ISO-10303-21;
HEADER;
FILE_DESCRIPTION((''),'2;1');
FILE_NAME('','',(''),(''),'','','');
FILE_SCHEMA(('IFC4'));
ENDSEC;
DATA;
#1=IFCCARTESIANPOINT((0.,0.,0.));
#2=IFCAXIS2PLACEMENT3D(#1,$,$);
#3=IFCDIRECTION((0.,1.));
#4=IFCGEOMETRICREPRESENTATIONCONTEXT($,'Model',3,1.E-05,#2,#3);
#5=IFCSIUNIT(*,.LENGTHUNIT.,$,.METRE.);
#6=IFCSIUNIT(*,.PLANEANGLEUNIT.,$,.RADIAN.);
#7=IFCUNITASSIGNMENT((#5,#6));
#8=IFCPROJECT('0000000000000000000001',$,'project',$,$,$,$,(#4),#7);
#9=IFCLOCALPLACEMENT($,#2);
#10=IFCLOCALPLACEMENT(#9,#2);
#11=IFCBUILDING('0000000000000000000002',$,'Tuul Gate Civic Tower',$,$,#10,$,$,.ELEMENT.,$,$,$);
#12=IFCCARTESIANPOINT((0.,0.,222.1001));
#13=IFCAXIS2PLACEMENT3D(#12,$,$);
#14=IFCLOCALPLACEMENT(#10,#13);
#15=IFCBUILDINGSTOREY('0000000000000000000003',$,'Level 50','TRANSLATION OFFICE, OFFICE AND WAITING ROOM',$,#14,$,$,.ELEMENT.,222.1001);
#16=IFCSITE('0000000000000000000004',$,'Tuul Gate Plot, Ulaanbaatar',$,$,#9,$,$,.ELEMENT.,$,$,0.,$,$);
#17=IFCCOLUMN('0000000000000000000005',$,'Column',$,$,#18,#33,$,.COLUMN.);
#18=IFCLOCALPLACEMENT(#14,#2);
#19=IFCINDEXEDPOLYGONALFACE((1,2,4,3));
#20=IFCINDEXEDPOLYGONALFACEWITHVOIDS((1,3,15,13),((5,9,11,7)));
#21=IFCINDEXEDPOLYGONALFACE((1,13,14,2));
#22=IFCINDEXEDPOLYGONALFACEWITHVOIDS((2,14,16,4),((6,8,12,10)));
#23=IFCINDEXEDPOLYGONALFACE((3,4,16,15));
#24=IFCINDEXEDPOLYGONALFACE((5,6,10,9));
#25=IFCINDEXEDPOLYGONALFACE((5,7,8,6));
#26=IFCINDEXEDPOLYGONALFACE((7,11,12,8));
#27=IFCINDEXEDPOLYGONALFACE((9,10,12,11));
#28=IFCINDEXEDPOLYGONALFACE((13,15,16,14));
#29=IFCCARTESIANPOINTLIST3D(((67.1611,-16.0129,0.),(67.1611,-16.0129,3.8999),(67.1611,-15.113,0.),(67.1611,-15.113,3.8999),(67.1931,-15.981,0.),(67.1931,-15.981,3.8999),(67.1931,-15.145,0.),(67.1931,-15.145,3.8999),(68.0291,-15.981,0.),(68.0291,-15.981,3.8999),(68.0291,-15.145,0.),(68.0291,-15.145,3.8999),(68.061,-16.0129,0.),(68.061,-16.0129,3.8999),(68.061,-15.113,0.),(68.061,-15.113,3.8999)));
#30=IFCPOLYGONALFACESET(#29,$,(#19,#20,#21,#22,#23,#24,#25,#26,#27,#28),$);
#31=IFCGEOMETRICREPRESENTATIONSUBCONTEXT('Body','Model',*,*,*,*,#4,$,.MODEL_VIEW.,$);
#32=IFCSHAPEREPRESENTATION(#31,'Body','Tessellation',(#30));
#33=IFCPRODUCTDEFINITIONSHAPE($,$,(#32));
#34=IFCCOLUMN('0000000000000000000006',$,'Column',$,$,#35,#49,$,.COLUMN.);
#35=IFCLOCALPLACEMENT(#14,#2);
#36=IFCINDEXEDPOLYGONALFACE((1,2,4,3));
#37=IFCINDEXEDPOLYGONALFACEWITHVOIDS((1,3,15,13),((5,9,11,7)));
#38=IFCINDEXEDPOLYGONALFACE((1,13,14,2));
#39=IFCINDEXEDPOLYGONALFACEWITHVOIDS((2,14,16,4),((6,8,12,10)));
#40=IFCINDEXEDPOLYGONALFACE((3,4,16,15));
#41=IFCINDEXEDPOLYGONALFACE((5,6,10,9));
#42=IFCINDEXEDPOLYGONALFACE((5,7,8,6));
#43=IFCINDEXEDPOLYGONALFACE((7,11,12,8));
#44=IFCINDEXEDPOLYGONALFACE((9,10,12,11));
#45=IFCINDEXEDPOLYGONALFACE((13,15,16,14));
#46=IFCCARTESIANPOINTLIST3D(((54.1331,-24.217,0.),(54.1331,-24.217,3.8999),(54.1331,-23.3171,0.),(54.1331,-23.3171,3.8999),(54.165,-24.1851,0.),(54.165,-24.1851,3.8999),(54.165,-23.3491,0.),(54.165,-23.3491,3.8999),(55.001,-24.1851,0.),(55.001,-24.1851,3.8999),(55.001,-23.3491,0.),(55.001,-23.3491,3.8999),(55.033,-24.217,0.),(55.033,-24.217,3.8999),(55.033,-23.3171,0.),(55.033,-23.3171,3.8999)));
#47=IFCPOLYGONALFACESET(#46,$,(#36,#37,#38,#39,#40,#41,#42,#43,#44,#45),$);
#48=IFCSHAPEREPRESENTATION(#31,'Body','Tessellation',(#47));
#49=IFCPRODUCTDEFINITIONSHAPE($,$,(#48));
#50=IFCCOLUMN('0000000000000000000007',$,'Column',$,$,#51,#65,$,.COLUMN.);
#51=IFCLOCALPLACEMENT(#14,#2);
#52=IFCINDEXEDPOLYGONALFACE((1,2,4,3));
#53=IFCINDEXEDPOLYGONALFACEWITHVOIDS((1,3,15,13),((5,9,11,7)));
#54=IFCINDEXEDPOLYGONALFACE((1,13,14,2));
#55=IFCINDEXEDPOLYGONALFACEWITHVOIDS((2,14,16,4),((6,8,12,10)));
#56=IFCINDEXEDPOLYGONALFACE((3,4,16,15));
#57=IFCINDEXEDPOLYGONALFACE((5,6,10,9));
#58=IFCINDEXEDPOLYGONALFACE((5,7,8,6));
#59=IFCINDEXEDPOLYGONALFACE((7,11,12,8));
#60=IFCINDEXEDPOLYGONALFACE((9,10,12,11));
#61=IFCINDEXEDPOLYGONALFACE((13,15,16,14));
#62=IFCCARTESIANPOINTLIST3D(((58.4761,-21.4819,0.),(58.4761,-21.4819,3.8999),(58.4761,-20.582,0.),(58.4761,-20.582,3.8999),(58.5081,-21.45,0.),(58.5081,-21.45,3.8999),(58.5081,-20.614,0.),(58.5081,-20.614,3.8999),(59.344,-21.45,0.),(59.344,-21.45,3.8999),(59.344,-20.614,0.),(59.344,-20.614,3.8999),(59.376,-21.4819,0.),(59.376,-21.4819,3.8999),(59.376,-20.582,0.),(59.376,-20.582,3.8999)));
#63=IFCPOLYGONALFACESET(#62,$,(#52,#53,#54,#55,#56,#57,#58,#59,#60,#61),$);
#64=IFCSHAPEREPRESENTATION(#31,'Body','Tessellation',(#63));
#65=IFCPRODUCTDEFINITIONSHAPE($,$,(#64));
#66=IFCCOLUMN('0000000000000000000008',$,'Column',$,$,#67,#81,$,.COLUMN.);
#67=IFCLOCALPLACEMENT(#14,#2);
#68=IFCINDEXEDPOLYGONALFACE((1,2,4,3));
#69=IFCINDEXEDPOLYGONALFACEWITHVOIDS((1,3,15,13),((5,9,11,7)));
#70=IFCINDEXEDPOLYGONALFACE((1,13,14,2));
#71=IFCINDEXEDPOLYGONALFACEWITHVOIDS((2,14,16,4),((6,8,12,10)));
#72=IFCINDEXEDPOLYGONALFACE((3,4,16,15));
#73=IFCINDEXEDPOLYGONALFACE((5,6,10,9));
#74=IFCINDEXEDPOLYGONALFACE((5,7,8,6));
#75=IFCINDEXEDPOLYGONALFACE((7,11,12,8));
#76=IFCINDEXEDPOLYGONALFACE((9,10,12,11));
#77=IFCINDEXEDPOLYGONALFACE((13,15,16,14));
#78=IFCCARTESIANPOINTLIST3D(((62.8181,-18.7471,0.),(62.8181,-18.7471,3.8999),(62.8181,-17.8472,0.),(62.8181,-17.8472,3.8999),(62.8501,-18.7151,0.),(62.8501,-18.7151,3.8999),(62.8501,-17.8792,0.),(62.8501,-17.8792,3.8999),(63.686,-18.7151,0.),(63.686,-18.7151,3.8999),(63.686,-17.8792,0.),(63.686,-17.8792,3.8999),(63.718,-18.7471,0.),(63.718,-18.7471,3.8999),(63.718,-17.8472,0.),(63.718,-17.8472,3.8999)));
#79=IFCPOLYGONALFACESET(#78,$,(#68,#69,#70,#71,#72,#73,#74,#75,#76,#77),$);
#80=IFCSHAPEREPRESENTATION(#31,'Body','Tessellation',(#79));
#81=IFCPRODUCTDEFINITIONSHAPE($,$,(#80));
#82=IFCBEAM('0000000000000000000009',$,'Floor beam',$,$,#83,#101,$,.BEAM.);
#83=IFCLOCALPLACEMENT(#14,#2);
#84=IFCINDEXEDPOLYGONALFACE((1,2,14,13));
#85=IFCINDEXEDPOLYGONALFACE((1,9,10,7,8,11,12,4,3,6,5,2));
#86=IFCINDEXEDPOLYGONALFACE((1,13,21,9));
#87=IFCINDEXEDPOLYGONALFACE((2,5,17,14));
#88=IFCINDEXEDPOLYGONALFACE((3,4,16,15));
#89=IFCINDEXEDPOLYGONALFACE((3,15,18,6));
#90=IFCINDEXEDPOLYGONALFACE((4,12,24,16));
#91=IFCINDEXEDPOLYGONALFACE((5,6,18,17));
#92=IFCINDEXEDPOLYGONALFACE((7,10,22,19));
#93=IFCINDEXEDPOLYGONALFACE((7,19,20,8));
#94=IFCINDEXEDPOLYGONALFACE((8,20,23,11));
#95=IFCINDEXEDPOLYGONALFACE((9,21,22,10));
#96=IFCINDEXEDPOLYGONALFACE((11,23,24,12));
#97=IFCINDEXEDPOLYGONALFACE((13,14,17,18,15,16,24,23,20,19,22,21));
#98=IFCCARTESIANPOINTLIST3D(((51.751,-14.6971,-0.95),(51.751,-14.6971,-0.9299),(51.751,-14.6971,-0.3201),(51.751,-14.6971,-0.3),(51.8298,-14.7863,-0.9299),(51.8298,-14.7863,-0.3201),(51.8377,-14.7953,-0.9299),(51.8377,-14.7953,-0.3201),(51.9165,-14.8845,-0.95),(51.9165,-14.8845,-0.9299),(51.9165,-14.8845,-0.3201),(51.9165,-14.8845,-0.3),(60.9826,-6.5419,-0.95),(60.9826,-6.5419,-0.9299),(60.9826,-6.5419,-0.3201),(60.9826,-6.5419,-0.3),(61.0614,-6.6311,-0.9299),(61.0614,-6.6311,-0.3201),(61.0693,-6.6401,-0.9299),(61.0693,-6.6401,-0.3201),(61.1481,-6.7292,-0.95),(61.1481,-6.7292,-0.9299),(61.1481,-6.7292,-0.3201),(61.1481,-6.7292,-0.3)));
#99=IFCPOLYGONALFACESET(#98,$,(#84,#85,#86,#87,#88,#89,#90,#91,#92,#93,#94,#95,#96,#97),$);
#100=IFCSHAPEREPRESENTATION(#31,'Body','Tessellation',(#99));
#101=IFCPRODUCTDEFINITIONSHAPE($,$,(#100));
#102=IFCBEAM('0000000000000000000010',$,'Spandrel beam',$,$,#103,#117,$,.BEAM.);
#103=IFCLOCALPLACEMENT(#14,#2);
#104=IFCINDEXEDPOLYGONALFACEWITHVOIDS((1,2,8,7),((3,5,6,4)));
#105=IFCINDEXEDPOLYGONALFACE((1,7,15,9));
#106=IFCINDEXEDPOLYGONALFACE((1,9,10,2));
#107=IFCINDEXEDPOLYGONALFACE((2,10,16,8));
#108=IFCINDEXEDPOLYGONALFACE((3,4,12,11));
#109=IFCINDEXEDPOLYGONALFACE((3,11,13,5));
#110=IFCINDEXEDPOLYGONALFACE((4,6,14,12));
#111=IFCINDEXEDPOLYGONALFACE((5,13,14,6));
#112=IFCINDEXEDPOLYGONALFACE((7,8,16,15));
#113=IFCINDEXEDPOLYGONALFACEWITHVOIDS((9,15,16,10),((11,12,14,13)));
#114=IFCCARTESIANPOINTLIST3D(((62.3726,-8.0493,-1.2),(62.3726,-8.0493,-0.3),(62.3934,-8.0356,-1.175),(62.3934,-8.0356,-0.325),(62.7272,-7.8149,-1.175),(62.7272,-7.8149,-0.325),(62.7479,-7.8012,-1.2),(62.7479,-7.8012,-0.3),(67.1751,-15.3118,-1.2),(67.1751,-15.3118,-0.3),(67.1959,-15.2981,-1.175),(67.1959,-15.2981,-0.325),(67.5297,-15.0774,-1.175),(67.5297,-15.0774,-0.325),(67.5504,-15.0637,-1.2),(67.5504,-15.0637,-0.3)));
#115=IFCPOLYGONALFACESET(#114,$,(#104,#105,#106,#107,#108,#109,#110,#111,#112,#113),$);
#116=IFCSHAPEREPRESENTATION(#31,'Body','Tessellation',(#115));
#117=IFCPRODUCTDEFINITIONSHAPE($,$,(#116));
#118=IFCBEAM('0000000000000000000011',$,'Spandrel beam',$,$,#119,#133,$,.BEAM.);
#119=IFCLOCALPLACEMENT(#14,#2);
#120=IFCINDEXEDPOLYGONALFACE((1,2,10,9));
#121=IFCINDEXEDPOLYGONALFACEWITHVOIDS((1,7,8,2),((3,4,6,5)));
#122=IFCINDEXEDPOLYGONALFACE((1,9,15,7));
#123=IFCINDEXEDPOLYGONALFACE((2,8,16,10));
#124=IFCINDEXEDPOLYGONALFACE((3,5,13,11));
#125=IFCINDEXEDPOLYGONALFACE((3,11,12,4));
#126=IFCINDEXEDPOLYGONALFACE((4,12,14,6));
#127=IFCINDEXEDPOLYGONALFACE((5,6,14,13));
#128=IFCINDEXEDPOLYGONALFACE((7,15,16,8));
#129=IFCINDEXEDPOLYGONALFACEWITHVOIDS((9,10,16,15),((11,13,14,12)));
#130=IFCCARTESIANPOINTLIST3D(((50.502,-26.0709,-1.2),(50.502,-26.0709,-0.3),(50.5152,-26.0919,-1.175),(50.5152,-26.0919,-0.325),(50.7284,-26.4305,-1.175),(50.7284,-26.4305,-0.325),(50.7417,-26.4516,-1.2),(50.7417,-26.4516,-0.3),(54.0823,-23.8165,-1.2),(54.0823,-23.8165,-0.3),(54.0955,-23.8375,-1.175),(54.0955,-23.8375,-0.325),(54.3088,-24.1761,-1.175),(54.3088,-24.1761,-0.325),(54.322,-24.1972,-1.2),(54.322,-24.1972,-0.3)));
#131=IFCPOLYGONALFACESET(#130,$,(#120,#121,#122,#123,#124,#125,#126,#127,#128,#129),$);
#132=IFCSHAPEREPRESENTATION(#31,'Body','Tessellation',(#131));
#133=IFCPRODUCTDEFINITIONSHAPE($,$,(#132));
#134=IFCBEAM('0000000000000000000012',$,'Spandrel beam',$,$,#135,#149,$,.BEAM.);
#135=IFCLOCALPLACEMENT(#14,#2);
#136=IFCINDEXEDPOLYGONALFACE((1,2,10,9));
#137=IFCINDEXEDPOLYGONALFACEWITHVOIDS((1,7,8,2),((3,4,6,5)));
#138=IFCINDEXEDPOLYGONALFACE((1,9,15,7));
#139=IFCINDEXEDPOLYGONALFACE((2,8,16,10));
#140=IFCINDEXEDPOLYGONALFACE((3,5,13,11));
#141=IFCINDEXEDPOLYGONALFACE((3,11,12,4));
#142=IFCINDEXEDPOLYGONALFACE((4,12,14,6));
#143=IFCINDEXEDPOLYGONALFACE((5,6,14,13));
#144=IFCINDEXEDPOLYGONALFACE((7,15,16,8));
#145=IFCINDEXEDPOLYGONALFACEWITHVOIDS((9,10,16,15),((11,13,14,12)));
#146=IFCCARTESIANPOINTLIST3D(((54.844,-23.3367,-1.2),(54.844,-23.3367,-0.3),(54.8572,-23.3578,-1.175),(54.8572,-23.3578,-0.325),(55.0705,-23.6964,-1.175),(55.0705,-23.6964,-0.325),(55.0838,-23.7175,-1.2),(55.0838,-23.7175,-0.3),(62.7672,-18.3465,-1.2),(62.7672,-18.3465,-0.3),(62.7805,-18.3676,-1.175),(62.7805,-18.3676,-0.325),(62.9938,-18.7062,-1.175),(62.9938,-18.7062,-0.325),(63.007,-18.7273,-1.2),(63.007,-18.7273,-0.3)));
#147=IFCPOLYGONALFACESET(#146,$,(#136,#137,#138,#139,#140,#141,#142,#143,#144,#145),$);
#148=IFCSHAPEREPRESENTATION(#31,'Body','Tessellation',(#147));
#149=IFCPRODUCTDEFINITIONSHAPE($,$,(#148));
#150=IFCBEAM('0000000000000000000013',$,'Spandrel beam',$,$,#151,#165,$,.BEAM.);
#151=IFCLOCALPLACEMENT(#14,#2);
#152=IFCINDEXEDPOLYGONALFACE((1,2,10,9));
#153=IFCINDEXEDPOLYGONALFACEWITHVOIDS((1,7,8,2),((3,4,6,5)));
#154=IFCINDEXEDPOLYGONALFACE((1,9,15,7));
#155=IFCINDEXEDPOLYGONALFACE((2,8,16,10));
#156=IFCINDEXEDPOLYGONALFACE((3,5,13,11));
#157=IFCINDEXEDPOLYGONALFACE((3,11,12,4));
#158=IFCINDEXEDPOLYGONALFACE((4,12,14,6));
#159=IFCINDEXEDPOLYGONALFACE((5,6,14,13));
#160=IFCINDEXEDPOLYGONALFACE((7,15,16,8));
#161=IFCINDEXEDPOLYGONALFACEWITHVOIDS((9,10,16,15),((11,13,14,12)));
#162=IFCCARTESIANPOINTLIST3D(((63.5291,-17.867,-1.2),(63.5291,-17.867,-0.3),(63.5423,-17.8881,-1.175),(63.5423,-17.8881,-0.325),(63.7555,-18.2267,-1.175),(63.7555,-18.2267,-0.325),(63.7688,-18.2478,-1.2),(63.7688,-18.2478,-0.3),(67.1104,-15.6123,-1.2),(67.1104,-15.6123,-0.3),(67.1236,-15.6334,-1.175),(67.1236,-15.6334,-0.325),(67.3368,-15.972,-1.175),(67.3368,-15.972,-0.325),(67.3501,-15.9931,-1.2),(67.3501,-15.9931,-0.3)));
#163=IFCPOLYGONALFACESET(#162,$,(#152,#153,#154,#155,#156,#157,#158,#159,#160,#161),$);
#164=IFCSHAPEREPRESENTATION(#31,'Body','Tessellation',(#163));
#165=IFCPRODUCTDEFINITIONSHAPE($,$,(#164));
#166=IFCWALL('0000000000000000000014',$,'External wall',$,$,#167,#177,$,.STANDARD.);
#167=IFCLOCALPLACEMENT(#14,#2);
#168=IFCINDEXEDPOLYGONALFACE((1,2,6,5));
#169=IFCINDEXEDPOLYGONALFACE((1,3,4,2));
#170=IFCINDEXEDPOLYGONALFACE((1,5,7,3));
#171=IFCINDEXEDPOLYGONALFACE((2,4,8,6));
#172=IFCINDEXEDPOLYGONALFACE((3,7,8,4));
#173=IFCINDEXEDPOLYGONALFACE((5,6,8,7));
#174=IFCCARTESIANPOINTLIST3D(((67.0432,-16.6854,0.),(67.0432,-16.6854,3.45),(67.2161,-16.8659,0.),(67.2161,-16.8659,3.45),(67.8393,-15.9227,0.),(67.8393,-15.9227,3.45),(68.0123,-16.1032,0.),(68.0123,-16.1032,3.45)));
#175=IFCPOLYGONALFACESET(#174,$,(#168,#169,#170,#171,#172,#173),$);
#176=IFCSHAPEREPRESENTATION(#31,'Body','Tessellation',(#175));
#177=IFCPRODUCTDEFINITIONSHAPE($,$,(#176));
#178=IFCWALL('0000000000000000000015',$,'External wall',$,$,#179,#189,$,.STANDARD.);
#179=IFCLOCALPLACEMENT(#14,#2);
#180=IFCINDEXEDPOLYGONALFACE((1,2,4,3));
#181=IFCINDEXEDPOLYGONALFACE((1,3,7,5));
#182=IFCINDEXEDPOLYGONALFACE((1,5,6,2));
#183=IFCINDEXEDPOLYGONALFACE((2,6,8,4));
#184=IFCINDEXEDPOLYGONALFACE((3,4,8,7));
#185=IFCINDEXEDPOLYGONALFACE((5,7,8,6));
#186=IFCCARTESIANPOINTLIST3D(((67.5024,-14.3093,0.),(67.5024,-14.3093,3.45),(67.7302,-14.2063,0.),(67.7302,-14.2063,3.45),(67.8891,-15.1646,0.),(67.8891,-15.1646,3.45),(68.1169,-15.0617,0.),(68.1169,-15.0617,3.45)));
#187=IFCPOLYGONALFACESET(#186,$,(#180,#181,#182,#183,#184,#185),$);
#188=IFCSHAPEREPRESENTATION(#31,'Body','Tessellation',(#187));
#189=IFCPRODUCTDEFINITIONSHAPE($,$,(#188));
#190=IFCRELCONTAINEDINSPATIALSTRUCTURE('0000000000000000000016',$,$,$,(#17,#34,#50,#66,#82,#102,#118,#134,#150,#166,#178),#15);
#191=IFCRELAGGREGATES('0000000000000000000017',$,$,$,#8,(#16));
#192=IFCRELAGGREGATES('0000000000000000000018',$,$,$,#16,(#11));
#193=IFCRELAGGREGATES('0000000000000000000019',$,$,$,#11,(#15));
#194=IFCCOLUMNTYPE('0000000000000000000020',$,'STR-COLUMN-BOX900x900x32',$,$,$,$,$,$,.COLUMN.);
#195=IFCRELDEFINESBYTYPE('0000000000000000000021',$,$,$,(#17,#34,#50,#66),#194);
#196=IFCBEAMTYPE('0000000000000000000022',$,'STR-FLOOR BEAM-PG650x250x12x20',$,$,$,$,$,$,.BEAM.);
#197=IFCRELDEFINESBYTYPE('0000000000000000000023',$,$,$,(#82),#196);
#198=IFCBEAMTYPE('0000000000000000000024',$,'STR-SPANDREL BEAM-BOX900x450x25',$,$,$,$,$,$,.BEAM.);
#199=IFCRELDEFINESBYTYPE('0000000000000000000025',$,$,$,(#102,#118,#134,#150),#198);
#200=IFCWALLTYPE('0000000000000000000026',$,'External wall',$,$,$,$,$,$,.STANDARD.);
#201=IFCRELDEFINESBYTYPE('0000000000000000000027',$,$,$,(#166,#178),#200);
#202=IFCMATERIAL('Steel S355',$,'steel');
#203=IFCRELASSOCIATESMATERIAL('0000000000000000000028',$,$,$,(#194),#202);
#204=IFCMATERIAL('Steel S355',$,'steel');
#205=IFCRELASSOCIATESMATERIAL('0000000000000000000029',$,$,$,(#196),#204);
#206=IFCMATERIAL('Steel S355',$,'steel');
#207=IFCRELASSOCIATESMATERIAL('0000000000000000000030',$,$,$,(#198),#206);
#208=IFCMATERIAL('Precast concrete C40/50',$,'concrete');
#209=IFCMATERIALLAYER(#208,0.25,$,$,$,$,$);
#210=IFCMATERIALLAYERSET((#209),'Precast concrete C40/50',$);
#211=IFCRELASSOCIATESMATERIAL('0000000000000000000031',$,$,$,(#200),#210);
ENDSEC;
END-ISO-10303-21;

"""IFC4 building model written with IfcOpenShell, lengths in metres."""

from ifc_helpers import new_model, si_unit, direction, frame, frame_2d, origin, origin_2d, place, context, subcontext, project, spatial, rectangle, hollow_rectangle, i_section, extrude, material, layer, layer_set, material_profile, profile_set, type_object, element, save


model = new_model("IFC4")

# Units and contexts
model_context = context("Model", 3, precision=1e-05, world=origin(), true_north=direction((0.0, 1.0)))
body_context = subcontext(model_context, "Body", "Model", "MODEL_VIEW")
ifc_project = project(units=[si_unit("LENGTHUNIT", "METRE"), si_unit("PLANEANGLEUNIT", "RADIAN")], contexts=[model_context])

# Site, building, storey
site_placement = place(None, origin())
site = spatial("IfcSite", under=ifc_project, at=site_placement, Name="Tuul Gate Plot, Ulaanbaatar", CompositionType="ELEMENT", RefElevation=0.0)
building_placement = place(site_placement, origin())
building = spatial("IfcBuilding", under=site, at=building_placement, Name="Tuul Gate Civic Tower", CompositionType="ELEMENT")
storey_placement = place(building_placement, frame((0.0, 0.0, 222.1001)))
storey = spatial("IfcBuildingStorey", under=building, at=storey_placement, Name="Level 50", Description="TRANSLATION OFFICE, OFFICE AND WAITING ROOM", CompositionType="ELEMENT", Elevation=222.1001)

# Columns
ifc_material_1 = material(Name="Steel S355", Category="steel")
ifc_material_profile_1 = material_profile(ifc_material_1, hollow_rectangle(XDim=0.8999, YDim=0.8999, WallThickness=0.032, at=origin_2d()), Name="BOX900x900x32")
ifc_profile_set_1 = profile_set([ifc_material_profile_1], Name="Steel S355")
column_type = type_object("IfcColumnType", Name="STR-COLUMN-BOX900x900x32", PredefinedType="COLUMN", material=ifc_profile_set_1)
for number, where, z_axis, x_axis, name in (
    (1, (67.6111, -15.563, 0.0), (0.0, 0.0, 1.0), (1.0, 0.0, 0.0), "Column"),
    (2, (54.583, -23.7671, 0.0), (0.0, 0.0, 1.0), (1.0, 0.0, 0.0), "Column"),
    (3, (58.926, -21.032, 0.0), (0.0, 0.0, 1.0), (1.0, 0.0, 0.0), "Column"),
    (4, (63.2681, -18.2971, 0.0), (0.0, 0.0, 1.0), (1.0, 0.0, 0.0), "Column"),
):
    element("IfcColumn", number, at=place(storey_placement, frame(where, z_axis=z_axis, x_axis=x_axis)), inside=storey, type_object=column_type, Name=name, PredefinedType="COLUMN", context=body_context, shape_type="SweptSolid", body=[
        extrude(hollow_rectangle(XDim=0.8999, YDim=0.8999, WallThickness=0.032, at=origin_2d()), origin(), (0.0, 0.0, 1.0), 3.8999),
    ])

# Beams
ifc_material_2 = material(Name="Steel S355", Category="steel")
ifc_material_profile_2 = material_profile(ifc_material_2, i_section(OverallWidth=0.25, OverallDepth=0.6499, WebThickness=0.012, FlangeThickness=0.02, at=origin_2d()), Name="PG650x250x12x20")
ifc_profile_set_2 = profile_set([ifc_material_profile_2], Name="Steel S355")
beam_type_1 = type_object("IfcBeamType", Name="STR-FLOOR BEAM-PG650x250x12x20", PredefinedType="BEAM", material=ifc_profile_set_2)
beam_1_placement = place(storey_placement, frame((51.8337, -14.7908, -0.625), z_axis=(0.749448, 0.662063, 0.0), x_axis=(-0.662063, 0.749448, 0.0)))
element("IfcBeam", 5, at=beam_1_placement, inside=storey, type_object=beam_type_1, Name="Floor beam", PredefinedType="BEAM", context=body_context, shape_type="SweptSolid", body=[
    extrude(i_section(OverallWidth=0.25, OverallDepth=0.6499, WebThickness=0.012, FlangeThickness=0.02, at=origin_2d()), origin(), (0.0, 0.0, 1.0), 12.3179),
])
ifc_material_3 = material(Name="Steel S355", Category="steel")
ifc_material_profile_3 = material_profile(ifc_material_3, hollow_rectangle(XDim=0.45, YDim=0.8999, WallThickness=0.0249, at=origin_2d()), Name="BOX900x450x25")
ifc_profile_set_3 = profile_set([ifc_material_profile_3], Name="Steel S355")
beam_type_2 = type_object("IfcBeamType", Name="STR-SPANDREL BEAM-BOX900x450x25", PredefinedType="BEAM", material=ifc_profile_set_3)
beam_2_placement = place(storey_placement, frame((67.3628, -15.1877, -0.75), z_axis=(-0.551584, 0.834119, 0.0), x_axis=(-0.834119, -0.551584, 0.0)))
element("IfcBeam", 6, at=beam_2_placement, inside=storey, type_object=beam_type_2, Name="Spandrel beam", PredefinedType="BEAM", context=body_context, shape_type="SweptSolid", body=[
    extrude(hollow_rectangle(XDim=0.45, YDim=0.8999, WallThickness=0.0249, at=origin_2d()), origin(), (0.0, 0.0, 1.0), 8.7068),
])
beam_3_placement = place(storey_placement, frame((50.6218, -26.2612, -0.75), z_axis=(0.84622, 0.532833, 0.0), x_axis=(-0.532833, 0.84622, 0.0)))
element("IfcBeam", 7, at=beam_3_placement, inside=storey, type_object=beam_type_2, Name="Spandrel beam", PredefinedType="BEAM", context=body_context, shape_type="SweptSolid", body=[
    extrude(hollow_rectangle(XDim=0.45, YDim=0.8999, WallThickness=0.0249, at=origin_2d()), origin(), (0.0, 0.0, 1.0), 4.231),
])
beam_4_placement = place(storey_placement, frame((54.9639, -23.5271, -0.75), z_axis=(0.846162, 0.532925, 0.0), x_axis=(-0.532925, 0.846162, 0.0)))
element("IfcBeam", 8, at=beam_4_placement, inside=storey, type_object=beam_type_2, Name="Spandrel beam", PredefinedType="BEAM", context=body_context, shape_type="SweptSolid", body=[
    extrude(hollow_rectangle(XDim=0.45, YDim=0.8999, WallThickness=0.0249, at=origin_2d()), origin(), (0.0, 0.0, 1.0), 9.3638),
])
beam_5_placement = place(storey_placement, frame((63.6489, -18.0574, -0.75), z_axis=(0.84626, 0.53277, 0.0), x_axis=(-0.53277, 0.84626, 0.0)))
element("IfcBeam", 9, at=beam_5_placement, inside=storey, type_object=beam_type_2, Name="Spandrel beam", PredefinedType="BEAM", context=body_context, shape_type="SweptSolid", body=[
    extrude(hollow_rectangle(XDim=0.45, YDim=0.8999, WallThickness=0.0249, at=origin_2d()), origin(), (0.0, 0.0, 1.0), 4.2319),
])

# Walls
ifc_material_4 = material(Name="Precast concrete C40/50", Category="concrete")
ifc_layer_1 = layer(ifc_material_4, 0.25)
ifc_layer_set_1 = layer_set([ifc_layer_1], Name="Precast concrete C40/50")
wall_type_1 = type_object("IfcWallType", Name="External wall", PredefinedType="STANDARD", material=ifc_layer_set_1)
wall_1_placement = place(storey_placement, frame((67.1296, -16.7756, 0.0), z_axis=(0.0, 0.0, 1.0), x_axis=(0.722113, 0.691775, 0.0)))
element("IfcWall", 10, at=wall_1_placement, inside=storey, type_object=wall_type_1, Name="External wall", PredefinedType="STANDARD", context=body_context, shape_type="SweptSolid", body=[
    extrude(rectangle(XDim=1.1025, YDim=0.25, at=frame_2d((0.5513, 0.0))), origin(), (0.0, 0.0, 1.0), 3.45),
])
wall_2_placement = place(storey_placement, frame((68.0029, -15.113, 0.0), z_axis=(0.0, 0.0, 1.0), x_axis=(-0.411921, 0.911219, 0.0)))
element("IfcWall", 11, at=wall_2_placement, inside=storey, type_object=wall_type_1, Name="External wall", PredefinedType="STANDARD", context=body_context, shape_type="SweptSolid", body=[
    extrude(rectangle(XDim=0.9387, YDim=0.25, at=frame_2d((0.4692, 0.0))), origin(), (0.0, 0.0, 1.0), 3.45),
])

save(model, "model.ifc")
